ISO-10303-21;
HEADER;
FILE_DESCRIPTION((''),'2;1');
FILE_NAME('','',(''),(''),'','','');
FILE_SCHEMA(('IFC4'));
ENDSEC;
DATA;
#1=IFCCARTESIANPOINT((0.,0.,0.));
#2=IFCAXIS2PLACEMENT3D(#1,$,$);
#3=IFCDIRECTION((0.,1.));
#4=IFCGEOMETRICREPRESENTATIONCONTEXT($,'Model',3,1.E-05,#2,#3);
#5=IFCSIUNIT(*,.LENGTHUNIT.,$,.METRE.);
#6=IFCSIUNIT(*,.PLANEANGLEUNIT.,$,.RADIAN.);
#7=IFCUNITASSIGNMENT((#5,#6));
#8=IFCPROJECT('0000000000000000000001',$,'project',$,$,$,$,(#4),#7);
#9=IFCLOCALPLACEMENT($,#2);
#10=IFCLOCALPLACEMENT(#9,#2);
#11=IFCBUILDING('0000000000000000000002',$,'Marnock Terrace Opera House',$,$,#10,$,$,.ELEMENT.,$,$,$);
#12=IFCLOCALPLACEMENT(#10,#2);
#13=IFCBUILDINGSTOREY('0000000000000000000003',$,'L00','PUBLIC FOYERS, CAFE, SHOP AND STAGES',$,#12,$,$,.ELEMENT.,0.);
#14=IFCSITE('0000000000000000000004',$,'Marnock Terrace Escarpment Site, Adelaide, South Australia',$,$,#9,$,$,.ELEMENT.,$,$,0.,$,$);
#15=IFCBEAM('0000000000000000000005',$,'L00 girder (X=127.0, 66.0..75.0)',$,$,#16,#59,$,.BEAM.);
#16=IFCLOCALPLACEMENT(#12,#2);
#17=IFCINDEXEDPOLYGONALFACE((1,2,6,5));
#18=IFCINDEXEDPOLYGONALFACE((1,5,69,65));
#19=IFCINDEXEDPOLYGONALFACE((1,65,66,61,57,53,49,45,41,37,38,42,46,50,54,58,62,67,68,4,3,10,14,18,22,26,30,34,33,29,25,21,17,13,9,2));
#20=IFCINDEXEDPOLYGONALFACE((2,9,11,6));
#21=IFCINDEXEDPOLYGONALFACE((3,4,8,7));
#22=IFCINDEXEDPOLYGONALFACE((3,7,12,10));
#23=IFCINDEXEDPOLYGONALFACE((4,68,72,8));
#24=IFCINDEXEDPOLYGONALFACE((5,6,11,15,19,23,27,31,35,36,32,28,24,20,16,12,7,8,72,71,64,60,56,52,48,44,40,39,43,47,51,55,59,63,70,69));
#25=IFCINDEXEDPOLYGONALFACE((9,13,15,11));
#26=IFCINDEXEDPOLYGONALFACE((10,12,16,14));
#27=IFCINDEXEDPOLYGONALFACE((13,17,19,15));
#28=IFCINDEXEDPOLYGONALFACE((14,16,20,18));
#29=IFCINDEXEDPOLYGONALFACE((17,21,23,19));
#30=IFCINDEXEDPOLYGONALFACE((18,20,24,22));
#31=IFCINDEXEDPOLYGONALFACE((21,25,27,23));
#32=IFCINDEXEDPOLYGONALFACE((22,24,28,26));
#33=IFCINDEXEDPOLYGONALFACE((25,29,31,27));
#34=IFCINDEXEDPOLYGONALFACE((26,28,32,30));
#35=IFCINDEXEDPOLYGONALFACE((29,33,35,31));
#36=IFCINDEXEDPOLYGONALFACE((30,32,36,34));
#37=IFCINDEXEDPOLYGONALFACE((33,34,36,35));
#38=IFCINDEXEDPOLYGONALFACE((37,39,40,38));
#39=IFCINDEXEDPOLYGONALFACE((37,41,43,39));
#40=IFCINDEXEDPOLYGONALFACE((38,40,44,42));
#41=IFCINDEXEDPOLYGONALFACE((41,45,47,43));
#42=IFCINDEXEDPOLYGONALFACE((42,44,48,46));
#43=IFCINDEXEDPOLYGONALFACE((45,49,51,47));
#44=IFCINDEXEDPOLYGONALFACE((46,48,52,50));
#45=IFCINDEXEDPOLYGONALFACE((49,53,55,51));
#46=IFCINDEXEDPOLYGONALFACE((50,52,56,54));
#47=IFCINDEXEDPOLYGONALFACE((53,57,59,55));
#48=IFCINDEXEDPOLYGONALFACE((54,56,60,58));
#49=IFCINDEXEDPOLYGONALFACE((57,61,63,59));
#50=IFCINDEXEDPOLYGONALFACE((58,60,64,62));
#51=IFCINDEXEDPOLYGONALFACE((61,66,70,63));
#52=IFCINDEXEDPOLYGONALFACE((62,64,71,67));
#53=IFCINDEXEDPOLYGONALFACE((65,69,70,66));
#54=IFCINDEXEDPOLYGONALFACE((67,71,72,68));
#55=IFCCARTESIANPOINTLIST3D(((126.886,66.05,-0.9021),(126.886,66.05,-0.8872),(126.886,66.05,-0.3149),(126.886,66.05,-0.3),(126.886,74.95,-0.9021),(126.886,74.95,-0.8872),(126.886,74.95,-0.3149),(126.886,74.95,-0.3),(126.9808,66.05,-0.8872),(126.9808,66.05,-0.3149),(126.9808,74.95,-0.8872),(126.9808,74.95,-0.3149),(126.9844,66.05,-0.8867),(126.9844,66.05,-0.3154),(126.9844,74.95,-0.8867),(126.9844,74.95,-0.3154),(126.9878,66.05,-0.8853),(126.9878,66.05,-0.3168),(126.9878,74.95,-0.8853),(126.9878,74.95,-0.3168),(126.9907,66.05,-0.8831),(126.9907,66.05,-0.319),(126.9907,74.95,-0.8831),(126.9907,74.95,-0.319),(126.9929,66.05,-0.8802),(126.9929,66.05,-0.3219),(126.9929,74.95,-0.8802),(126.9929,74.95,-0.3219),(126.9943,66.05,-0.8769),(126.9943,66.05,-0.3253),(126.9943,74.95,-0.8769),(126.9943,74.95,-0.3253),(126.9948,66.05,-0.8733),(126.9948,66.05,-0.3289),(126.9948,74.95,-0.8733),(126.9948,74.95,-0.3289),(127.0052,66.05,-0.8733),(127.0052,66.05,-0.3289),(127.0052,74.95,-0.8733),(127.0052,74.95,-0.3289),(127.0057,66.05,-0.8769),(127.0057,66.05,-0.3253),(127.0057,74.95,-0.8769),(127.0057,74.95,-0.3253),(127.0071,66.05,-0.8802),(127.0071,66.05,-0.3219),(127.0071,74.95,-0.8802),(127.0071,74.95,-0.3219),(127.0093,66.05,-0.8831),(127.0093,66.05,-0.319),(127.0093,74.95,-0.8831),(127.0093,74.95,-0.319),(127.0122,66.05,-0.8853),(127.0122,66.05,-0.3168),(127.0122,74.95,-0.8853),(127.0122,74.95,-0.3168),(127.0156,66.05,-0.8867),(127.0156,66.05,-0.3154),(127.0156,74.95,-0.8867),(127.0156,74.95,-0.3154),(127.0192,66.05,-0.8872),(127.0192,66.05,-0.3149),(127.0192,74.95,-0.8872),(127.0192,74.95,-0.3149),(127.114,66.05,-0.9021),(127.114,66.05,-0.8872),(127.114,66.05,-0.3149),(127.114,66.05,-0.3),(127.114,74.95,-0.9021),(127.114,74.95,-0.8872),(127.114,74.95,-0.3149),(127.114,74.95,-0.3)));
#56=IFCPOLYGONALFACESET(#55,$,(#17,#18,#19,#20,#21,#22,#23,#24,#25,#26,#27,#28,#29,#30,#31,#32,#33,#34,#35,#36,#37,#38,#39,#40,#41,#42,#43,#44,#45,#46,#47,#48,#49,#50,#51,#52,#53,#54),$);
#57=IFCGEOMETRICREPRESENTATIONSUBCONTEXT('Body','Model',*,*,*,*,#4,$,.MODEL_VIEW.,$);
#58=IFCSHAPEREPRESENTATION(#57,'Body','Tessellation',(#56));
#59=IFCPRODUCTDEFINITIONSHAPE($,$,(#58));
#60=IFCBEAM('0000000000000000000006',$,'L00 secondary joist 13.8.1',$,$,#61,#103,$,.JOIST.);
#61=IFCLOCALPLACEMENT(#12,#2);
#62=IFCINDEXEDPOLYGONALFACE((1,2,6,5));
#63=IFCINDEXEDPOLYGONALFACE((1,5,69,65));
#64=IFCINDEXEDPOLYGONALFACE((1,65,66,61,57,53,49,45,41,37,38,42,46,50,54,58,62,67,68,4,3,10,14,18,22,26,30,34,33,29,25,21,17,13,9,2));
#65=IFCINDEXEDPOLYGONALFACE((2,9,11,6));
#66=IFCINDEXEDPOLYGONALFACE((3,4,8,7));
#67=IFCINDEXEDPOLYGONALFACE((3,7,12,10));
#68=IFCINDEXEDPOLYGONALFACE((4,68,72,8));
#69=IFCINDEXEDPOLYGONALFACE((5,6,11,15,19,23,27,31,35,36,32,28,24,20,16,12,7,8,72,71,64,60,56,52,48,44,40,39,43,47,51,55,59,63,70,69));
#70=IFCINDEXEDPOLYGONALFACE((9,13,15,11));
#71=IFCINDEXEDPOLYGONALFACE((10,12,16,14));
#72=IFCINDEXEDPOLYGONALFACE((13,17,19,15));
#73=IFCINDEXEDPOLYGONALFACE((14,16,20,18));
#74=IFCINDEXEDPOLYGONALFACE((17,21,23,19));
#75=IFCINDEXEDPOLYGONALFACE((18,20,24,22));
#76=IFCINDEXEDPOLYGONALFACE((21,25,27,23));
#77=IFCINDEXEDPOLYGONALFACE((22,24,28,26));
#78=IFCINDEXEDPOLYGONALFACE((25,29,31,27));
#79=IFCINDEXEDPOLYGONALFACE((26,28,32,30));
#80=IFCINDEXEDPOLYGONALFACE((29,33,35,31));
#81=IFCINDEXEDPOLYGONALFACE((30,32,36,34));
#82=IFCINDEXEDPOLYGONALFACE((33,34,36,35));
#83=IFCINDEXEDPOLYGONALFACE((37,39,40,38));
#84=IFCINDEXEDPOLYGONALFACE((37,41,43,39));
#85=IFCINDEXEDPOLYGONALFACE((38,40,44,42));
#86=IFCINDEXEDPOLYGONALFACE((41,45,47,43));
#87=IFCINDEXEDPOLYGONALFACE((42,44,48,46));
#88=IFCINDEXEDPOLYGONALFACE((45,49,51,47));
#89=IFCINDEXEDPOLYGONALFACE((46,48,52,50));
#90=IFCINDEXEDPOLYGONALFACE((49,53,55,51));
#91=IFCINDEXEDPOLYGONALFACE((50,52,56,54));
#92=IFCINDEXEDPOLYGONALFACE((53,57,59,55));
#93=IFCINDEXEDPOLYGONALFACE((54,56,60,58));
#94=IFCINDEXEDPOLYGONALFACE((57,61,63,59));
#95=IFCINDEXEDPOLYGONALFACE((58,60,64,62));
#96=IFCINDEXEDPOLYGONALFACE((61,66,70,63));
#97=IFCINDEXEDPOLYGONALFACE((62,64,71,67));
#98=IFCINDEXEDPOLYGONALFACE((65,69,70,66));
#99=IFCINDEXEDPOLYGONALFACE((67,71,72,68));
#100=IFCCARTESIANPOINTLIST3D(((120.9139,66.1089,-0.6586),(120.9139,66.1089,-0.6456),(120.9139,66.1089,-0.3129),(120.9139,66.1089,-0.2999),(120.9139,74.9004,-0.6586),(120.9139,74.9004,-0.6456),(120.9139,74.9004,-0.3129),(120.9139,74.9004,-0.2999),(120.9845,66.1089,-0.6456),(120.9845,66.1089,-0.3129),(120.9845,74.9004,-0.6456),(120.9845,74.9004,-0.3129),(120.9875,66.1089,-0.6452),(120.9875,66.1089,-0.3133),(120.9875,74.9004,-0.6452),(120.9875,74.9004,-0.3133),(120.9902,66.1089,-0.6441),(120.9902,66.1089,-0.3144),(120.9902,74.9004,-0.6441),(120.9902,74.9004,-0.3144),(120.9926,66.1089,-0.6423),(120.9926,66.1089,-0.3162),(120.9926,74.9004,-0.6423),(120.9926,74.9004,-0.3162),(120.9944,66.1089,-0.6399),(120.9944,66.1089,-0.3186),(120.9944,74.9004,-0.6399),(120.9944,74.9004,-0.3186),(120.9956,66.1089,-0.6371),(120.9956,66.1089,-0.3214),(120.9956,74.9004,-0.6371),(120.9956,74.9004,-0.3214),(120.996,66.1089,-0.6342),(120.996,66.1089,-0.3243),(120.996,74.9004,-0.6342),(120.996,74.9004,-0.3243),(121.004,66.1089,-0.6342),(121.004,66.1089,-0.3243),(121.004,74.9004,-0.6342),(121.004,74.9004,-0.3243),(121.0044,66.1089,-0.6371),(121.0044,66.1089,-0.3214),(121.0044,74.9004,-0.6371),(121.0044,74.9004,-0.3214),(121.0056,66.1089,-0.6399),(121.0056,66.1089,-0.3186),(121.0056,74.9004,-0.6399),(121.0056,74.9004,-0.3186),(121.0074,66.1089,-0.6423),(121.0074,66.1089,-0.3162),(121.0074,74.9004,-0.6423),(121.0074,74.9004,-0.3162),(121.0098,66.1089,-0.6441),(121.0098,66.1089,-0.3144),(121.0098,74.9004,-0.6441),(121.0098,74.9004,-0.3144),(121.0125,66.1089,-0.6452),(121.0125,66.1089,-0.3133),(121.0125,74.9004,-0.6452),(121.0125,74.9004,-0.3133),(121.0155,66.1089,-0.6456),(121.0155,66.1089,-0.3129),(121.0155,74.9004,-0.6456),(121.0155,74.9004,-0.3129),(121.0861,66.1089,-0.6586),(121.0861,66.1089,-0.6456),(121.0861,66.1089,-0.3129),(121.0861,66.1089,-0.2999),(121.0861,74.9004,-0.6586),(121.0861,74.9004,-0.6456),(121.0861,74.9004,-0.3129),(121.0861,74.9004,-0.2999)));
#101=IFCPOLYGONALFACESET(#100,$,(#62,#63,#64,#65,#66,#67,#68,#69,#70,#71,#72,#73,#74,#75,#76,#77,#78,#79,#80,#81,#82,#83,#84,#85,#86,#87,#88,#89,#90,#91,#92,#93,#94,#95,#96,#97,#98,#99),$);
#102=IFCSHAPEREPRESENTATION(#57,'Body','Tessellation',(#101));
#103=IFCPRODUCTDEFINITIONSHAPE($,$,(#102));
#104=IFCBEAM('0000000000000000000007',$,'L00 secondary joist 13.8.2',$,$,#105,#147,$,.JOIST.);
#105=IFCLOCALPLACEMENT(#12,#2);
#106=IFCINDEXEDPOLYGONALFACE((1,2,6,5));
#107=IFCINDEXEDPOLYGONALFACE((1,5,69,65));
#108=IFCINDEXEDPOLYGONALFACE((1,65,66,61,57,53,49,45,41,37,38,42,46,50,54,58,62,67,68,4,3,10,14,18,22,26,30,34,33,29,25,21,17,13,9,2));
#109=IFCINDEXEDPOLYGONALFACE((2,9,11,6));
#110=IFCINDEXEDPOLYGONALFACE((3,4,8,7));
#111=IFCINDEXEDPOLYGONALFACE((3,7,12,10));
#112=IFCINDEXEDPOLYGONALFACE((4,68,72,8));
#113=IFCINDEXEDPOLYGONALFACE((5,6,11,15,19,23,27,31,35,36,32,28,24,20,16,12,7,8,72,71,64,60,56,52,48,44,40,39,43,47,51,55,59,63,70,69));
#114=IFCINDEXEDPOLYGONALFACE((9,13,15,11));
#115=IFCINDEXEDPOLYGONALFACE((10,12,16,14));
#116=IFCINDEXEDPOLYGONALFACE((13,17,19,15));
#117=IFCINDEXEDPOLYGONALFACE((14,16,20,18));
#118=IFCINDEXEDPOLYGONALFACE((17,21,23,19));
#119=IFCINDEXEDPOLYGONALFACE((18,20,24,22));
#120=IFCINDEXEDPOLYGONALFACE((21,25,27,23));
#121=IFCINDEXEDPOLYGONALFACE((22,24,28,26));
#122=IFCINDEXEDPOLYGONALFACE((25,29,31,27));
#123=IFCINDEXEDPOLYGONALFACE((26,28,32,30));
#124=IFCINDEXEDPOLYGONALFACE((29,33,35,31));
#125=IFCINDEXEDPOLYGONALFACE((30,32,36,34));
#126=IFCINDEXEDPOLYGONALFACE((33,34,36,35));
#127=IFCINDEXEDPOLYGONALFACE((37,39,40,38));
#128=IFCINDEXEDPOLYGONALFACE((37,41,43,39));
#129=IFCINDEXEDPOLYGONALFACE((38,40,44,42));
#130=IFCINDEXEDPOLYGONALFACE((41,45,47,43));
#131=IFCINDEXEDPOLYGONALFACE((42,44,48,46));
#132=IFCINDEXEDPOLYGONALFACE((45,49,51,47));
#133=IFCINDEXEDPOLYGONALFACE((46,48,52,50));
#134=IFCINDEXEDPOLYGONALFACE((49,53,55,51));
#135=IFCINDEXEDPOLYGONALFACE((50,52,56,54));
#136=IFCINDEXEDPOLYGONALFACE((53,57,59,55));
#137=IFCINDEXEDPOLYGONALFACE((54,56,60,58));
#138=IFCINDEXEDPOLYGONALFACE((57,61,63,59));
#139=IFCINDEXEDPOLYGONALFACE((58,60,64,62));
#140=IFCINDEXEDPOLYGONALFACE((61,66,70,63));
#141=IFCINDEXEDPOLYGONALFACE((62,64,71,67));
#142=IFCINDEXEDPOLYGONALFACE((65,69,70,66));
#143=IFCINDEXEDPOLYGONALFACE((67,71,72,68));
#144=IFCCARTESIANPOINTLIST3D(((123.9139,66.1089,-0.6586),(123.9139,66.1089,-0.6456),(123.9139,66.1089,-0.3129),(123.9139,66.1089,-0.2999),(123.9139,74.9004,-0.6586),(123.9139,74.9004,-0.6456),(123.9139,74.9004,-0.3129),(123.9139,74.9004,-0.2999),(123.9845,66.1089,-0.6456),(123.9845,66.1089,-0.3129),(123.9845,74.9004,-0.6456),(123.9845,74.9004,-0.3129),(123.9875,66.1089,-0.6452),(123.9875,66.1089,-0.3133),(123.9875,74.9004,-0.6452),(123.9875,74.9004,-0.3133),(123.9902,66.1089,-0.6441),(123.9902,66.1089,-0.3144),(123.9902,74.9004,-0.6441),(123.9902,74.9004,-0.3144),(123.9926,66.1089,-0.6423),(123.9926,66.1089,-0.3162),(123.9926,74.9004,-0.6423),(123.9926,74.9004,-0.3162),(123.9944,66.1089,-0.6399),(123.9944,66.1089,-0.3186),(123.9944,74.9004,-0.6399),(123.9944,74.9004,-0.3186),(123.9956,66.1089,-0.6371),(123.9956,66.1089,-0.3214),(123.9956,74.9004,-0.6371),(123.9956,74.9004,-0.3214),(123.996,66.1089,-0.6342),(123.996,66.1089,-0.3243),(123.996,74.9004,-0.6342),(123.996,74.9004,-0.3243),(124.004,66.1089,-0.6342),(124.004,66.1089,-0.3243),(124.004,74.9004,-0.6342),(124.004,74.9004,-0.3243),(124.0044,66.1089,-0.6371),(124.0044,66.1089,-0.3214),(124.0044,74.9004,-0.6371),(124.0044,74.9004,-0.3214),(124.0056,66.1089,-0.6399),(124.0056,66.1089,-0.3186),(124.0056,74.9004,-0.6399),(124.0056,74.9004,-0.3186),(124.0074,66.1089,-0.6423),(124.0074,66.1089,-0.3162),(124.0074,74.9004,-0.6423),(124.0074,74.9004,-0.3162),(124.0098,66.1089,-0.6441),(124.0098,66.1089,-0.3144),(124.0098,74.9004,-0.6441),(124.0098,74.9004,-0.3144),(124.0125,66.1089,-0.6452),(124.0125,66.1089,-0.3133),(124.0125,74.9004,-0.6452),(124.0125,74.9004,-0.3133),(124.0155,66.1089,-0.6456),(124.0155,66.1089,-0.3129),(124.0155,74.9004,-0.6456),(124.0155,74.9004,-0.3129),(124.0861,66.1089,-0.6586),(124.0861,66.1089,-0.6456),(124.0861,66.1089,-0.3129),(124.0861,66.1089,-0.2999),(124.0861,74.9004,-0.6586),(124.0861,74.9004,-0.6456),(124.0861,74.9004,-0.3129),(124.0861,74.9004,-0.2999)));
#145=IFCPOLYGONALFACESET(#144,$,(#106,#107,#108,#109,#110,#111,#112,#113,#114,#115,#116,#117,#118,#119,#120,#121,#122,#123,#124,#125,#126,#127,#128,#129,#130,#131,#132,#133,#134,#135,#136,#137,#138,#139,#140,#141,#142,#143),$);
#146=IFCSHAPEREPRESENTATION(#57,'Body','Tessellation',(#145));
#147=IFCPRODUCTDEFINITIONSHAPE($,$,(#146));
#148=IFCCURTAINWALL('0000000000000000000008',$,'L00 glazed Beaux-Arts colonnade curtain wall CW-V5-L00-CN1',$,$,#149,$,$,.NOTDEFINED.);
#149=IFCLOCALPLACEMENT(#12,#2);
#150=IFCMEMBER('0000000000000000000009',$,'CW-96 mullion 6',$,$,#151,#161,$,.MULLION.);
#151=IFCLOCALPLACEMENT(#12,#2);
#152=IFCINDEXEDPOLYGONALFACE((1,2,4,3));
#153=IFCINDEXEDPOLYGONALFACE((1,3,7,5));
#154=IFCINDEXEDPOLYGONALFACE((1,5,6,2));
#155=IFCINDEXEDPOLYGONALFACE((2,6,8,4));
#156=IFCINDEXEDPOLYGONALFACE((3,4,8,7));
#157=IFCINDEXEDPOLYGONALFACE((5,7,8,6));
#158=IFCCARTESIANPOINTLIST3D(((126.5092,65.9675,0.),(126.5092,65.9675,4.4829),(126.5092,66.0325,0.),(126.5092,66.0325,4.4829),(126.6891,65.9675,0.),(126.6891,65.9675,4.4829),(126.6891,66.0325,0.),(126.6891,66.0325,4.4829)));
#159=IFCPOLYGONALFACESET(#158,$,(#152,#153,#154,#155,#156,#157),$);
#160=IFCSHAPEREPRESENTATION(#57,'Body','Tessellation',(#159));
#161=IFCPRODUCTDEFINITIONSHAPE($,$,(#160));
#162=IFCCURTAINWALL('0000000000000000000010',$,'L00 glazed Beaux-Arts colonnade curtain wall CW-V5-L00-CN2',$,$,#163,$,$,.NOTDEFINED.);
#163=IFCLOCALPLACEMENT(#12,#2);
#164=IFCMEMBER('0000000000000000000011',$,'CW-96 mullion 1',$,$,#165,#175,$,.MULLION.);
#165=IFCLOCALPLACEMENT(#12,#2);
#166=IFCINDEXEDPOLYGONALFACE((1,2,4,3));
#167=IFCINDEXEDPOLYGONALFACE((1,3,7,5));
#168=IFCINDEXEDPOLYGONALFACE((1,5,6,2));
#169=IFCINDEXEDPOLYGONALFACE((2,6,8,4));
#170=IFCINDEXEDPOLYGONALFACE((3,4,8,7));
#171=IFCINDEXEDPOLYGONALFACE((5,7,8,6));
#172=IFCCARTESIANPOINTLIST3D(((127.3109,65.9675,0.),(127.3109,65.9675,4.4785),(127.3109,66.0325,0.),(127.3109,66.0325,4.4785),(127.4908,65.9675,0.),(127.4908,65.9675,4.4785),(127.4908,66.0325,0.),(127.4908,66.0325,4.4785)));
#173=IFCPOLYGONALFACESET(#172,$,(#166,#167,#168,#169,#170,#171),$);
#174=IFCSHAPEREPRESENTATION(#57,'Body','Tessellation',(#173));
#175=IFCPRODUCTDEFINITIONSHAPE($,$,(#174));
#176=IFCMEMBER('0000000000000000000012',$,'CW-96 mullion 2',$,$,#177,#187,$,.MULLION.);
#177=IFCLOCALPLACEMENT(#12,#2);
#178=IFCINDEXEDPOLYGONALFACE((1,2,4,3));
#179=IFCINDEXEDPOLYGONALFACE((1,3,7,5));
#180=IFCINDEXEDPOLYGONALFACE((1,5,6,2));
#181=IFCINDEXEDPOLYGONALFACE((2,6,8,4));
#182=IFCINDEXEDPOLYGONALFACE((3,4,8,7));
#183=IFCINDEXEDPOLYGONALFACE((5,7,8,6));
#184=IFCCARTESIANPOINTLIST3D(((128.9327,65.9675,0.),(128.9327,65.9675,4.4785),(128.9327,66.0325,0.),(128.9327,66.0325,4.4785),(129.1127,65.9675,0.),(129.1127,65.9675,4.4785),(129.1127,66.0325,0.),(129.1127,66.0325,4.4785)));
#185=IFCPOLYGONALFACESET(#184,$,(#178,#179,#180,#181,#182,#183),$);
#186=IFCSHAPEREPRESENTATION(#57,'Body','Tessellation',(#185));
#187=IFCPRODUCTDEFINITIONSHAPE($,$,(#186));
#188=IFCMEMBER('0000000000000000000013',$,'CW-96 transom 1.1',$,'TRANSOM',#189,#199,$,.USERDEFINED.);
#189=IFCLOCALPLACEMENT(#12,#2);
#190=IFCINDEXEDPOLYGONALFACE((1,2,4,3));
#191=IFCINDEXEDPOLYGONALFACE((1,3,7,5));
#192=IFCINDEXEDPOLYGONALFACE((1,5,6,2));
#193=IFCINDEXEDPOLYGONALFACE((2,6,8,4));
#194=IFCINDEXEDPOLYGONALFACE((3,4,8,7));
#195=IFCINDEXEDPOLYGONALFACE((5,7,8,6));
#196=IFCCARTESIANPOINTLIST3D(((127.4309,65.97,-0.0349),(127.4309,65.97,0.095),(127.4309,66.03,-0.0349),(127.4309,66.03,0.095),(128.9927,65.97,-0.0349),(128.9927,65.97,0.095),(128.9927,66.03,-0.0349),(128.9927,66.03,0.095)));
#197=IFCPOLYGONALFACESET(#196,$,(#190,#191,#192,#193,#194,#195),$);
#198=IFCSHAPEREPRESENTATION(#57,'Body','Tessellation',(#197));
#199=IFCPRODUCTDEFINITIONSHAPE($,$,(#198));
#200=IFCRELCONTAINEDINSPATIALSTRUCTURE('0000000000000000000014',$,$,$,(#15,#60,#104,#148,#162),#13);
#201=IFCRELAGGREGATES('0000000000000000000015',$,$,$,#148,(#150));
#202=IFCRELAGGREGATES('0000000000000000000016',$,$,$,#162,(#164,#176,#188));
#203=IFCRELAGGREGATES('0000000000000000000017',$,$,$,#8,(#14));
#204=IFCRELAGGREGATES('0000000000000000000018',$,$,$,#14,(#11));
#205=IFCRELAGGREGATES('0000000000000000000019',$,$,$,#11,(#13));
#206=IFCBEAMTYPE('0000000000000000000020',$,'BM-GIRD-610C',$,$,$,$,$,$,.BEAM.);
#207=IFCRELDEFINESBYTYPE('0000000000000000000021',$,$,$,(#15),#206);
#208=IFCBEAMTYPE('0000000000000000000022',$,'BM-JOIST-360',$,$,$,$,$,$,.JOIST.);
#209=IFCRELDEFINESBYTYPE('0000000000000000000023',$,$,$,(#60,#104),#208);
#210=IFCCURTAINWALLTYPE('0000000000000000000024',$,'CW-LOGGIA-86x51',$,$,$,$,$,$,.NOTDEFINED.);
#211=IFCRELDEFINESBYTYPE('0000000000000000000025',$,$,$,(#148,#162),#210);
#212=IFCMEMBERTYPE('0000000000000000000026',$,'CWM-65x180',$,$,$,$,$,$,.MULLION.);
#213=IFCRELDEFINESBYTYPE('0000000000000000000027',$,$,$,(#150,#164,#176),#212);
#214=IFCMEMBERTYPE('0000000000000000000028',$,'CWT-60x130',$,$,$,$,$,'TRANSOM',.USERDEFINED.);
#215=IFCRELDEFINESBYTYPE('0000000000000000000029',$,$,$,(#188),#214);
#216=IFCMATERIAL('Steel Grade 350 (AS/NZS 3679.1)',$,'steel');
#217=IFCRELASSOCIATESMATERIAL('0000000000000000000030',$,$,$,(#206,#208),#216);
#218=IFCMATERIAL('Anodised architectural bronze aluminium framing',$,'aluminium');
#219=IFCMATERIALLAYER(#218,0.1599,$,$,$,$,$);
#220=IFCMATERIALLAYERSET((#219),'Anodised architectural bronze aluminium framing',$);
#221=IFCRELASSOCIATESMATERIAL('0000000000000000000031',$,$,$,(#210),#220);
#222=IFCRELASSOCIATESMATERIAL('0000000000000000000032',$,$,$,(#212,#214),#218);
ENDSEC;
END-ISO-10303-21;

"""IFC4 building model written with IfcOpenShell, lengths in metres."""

from ifc_helpers import new_model, si_unit, direction, frame, origin, origin_2d, place, context, subcontext, project, spatial, rectangle, i_section, extrude, material, layer, layer_set, material_profile, profile_set, type_object, element, aggregate, save


model = new_model("IFC4")

# Units and contexts
model_context = context("Model", 3, precision=1e-05, world=origin(), true_north=direction((0.0, 1.0)))
body_context = subcontext(model_context, "Body", "Model", "MODEL_VIEW")
ifc_project = project(units=[si_unit("LENGTHUNIT", "METRE"), si_unit("PLANEANGLEUNIT", "RADIAN")], contexts=[model_context])

# Site, building, storey
site_placement = place(None, origin())
site = spatial("IfcSite", under=ifc_project, at=site_placement, Name="Marnock Terrace Escarpment Site, Adelaide, South Australia", CompositionType="ELEMENT", RefElevation=0.0)
building_placement = place(site_placement, origin())
building = spatial("IfcBuilding", under=site, at=building_placement, Name="Marnock Terrace Opera House", CompositionType="ELEMENT")
storey_placement = place(building_placement, origin())
storey = spatial("IfcBuildingStorey", under=building, at=storey_placement, Name="L00", Description="PUBLIC FOYERS, CAFE, SHOP AND STAGES", CompositionType="ELEMENT", Elevation=0.0)

# Beams
ifc_material_1 = material(Name="Steel Grade 350 (AS/NZS 3679.1)", Category="steel")
ifc_material_profile_1 = material_profile(ifc_material_1, i_section(OverallWidth=0.228, OverallDepth=0.6021, WebThickness=0.0105, FlangeThickness=0.0149, FilletRadius=0.0139, at=origin_2d()))
ifc_profile_set_1 = profile_set([ifc_material_profile_1], Name="Steel Grade 350 (AS/NZS 3679.1)")
beam_type_1 = type_object("IfcBeamType", Name="BM-GIRD-610C", PredefinedType="BEAM", material=ifc_profile_set_1)
beam_1_placement = place(storey_placement, frame((127.0, 66.05, -0.6011), z_axis=(0.0, 1.0, 0.0), x_axis=(-1.0, 0.0, 0.0)))
element("IfcBeam", 1, at=beam_1_placement, inside=storey, type_object=beam_type_1, Name="L00 girder (X=127.0, 66.0..75.0)", PredefinedType="BEAM", context=body_context, shape_type="SweptSolid", body=[
    extrude(i_section(OverallWidth=0.228, OverallDepth=0.6021, WebThickness=0.0105, FlangeThickness=0.0149, FilletRadius=0.0139, at=origin_2d()), origin(), (0.0, 0.0, 1.0), 8.8999),
])
ifc_material_profile_2 = material_profile(ifc_material_1, i_section(OverallWidth=0.1721, OverallDepth=0.3586, WebThickness=0.0081, FlangeThickness=0.0129, FilletRadius=0.0115, at=origin_2d()))
ifc_profile_set_2 = profile_set([ifc_material_profile_2], Name="Steel Grade 350 (AS/NZS 3679.1)")
beam_type_2 = type_object("IfcBeamType", Name="BM-JOIST-360", PredefinedType="JOIST", material=ifc_profile_set_2)
for number, where, z_axis, x_axis, name in (
    (2, (121.0, 66.1089, -0.4792), (0.0, 1.0, 0.0), (-1.0, 0.0, 0.0), "L00 secondary joist 13.8.1"),
    (3, (124.0, 66.1089, -0.4792), (0.0, 1.0, 0.0), (-1.0, 0.0, 0.0), "L00 secondary joist 13.8.2"),
):
    element("IfcBeam", number, at=place(storey_placement, frame(where, z_axis=z_axis, x_axis=x_axis)), inside=storey, type_object=beam_type_2, Name=name, PredefinedType="JOIST", context=body_context, shape_type="SweptSolid", body=[
        extrude(i_section(OverallWidth=0.1721, OverallDepth=0.3586, WebThickness=0.0081, FlangeThickness=0.0129, FilletRadius=0.0115, at=origin_2d()), origin(), (0.0, 0.0, 1.0), 8.7915),
    ])

# Curtain wall, member
ifc_material_2 = material(Name="Anodised architectural bronze aluminium framing", Category="aluminium")
ifc_layer_1 = layer(ifc_material_2, 0.1599)
ifc_layer_set_1 = layer_set([ifc_layer_1], Name="Anodised architectural bronze aluminium framing")
curtain_wall_type = type_object("IfcCurtainWallType", Name="CW-LOGGIA-86x51", PredefinedType="NOTDEFINED", material=ifc_layer_set_1)
curtain_wall_1_placement = place(storey_placement, origin())
curtain_wall_1 = element("IfcCurtainWall", 4, at=curtain_wall_1_placement, inside=storey, type_object=curtain_wall_type, Name="L00 glazed Beaux-Arts colonnade curtain wall CW-V5-L00-CN1", PredefinedType="NOTDEFINED")
ifc_material_profile_3 = material_profile(ifc_material_2, rectangle(XDim=0.0649, YDim=0.1799, at=origin_2d()))
ifc_profile_set_3 = profile_set([ifc_material_profile_3], Name="Anodised architectural bronze aluminium framing")
member_type_1 = type_object("IfcMemberType", Name="CWM-65x180", PredefinedType="MULLION", material=ifc_profile_set_3)
member_1_placement = place(storey_placement, frame((126.5991, 66.0, 0.0), z_axis=(0.0, 0.0, 1.0), x_axis=(0.0, 1.0, 0.0)))
member_1 = element("IfcMember", 5, at=member_1_placement, type_object=member_type_1, Name="CW-96 mullion 6", PredefinedType="MULLION", context=body_context, shape_type="SweptSolid", body=[
    extrude(rectangle(XDim=0.0649, YDim=0.1799, at=origin_2d()), origin(), (0.0, 0.0, 1.0), 4.4829),
])
aggregate(curtain_wall_1, [member_1])

# Curtain wall, members
curtain_wall_2_placement = place(storey_placement, origin())
curtain_wall_2 = element("IfcCurtainWall", 6, at=curtain_wall_2_placement, inside=storey, type_object=curtain_wall_type, Name="L00 glazed Beaux-Arts colonnade curtain wall CW-V5-L00-CN2", PredefinedType="NOTDEFINED")
member_2_placement = place(storey_placement, frame((127.4009, 66.0, 0.0), z_axis=(0.0, 0.0, 1.0), x_axis=(0.0, 1.0, 0.0)))
member_2 = element("IfcMember", 7, at=member_2_placement, type_object=member_type_1, Name="CW-96 mullion 1", PredefinedType="MULLION", context=body_context, shape_type="SweptSolid", body=[
    extrude(rectangle(XDim=0.0649, YDim=0.1799, at=origin_2d()), origin(), (0.0, 0.0, 1.0), 4.4785),
])
member_3_placement = place(storey_placement, frame((129.0227, 66.0, 0.0), z_axis=(0.0, 0.0, 1.0), x_axis=(0.0, 1.0, 0.0)))
member_3 = element("IfcMember", 8, at=member_3_placement, type_object=member_type_1, Name="CW-96 mullion 2", PredefinedType="MULLION", context=body_context, shape_type="SweptSolid", body=[
    extrude(rectangle(XDim=0.0649, YDim=0.1799, at=origin_2d()), origin(), (0.0, 0.0, 1.0), 4.4785),
])
ifc_material_profile_4 = material_profile(ifc_material_2, rectangle(XDim=0.0601, YDim=0.1299, at=origin_2d()))
ifc_profile_set_4 = profile_set([ifc_material_profile_4], Name="Anodised architectural bronze aluminium framing")
member_type_2 = type_object("IfcMemberType", Name="CWT-60x130", ElementType="TRANSOM", PredefinedType="USERDEFINED", material=ifc_profile_set_4)
member_4_placement = place(storey_placement, frame((127.4309, 66.0, 0.03), z_axis=(1.0, 0.0, 0.0), x_axis=(0.0, 1.0, 0.0)))
member_4 = element("IfcMember", 9, at=member_4_placement, type_object=member_type_2, Name="CW-96 transom 1.1", ObjectType="TRANSOM", PredefinedType="USERDEFINED", context=body_context, shape_type="SweptSolid", body=[
    extrude(rectangle(XDim=0.0601, YDim=0.1299, at=origin_2d()), origin(), (0.0, 0.0, 1.0), 1.5618),
])
aggregate(curtain_wall_2, [member_2, member_3, member_4])

save(model, "model.ifc")
